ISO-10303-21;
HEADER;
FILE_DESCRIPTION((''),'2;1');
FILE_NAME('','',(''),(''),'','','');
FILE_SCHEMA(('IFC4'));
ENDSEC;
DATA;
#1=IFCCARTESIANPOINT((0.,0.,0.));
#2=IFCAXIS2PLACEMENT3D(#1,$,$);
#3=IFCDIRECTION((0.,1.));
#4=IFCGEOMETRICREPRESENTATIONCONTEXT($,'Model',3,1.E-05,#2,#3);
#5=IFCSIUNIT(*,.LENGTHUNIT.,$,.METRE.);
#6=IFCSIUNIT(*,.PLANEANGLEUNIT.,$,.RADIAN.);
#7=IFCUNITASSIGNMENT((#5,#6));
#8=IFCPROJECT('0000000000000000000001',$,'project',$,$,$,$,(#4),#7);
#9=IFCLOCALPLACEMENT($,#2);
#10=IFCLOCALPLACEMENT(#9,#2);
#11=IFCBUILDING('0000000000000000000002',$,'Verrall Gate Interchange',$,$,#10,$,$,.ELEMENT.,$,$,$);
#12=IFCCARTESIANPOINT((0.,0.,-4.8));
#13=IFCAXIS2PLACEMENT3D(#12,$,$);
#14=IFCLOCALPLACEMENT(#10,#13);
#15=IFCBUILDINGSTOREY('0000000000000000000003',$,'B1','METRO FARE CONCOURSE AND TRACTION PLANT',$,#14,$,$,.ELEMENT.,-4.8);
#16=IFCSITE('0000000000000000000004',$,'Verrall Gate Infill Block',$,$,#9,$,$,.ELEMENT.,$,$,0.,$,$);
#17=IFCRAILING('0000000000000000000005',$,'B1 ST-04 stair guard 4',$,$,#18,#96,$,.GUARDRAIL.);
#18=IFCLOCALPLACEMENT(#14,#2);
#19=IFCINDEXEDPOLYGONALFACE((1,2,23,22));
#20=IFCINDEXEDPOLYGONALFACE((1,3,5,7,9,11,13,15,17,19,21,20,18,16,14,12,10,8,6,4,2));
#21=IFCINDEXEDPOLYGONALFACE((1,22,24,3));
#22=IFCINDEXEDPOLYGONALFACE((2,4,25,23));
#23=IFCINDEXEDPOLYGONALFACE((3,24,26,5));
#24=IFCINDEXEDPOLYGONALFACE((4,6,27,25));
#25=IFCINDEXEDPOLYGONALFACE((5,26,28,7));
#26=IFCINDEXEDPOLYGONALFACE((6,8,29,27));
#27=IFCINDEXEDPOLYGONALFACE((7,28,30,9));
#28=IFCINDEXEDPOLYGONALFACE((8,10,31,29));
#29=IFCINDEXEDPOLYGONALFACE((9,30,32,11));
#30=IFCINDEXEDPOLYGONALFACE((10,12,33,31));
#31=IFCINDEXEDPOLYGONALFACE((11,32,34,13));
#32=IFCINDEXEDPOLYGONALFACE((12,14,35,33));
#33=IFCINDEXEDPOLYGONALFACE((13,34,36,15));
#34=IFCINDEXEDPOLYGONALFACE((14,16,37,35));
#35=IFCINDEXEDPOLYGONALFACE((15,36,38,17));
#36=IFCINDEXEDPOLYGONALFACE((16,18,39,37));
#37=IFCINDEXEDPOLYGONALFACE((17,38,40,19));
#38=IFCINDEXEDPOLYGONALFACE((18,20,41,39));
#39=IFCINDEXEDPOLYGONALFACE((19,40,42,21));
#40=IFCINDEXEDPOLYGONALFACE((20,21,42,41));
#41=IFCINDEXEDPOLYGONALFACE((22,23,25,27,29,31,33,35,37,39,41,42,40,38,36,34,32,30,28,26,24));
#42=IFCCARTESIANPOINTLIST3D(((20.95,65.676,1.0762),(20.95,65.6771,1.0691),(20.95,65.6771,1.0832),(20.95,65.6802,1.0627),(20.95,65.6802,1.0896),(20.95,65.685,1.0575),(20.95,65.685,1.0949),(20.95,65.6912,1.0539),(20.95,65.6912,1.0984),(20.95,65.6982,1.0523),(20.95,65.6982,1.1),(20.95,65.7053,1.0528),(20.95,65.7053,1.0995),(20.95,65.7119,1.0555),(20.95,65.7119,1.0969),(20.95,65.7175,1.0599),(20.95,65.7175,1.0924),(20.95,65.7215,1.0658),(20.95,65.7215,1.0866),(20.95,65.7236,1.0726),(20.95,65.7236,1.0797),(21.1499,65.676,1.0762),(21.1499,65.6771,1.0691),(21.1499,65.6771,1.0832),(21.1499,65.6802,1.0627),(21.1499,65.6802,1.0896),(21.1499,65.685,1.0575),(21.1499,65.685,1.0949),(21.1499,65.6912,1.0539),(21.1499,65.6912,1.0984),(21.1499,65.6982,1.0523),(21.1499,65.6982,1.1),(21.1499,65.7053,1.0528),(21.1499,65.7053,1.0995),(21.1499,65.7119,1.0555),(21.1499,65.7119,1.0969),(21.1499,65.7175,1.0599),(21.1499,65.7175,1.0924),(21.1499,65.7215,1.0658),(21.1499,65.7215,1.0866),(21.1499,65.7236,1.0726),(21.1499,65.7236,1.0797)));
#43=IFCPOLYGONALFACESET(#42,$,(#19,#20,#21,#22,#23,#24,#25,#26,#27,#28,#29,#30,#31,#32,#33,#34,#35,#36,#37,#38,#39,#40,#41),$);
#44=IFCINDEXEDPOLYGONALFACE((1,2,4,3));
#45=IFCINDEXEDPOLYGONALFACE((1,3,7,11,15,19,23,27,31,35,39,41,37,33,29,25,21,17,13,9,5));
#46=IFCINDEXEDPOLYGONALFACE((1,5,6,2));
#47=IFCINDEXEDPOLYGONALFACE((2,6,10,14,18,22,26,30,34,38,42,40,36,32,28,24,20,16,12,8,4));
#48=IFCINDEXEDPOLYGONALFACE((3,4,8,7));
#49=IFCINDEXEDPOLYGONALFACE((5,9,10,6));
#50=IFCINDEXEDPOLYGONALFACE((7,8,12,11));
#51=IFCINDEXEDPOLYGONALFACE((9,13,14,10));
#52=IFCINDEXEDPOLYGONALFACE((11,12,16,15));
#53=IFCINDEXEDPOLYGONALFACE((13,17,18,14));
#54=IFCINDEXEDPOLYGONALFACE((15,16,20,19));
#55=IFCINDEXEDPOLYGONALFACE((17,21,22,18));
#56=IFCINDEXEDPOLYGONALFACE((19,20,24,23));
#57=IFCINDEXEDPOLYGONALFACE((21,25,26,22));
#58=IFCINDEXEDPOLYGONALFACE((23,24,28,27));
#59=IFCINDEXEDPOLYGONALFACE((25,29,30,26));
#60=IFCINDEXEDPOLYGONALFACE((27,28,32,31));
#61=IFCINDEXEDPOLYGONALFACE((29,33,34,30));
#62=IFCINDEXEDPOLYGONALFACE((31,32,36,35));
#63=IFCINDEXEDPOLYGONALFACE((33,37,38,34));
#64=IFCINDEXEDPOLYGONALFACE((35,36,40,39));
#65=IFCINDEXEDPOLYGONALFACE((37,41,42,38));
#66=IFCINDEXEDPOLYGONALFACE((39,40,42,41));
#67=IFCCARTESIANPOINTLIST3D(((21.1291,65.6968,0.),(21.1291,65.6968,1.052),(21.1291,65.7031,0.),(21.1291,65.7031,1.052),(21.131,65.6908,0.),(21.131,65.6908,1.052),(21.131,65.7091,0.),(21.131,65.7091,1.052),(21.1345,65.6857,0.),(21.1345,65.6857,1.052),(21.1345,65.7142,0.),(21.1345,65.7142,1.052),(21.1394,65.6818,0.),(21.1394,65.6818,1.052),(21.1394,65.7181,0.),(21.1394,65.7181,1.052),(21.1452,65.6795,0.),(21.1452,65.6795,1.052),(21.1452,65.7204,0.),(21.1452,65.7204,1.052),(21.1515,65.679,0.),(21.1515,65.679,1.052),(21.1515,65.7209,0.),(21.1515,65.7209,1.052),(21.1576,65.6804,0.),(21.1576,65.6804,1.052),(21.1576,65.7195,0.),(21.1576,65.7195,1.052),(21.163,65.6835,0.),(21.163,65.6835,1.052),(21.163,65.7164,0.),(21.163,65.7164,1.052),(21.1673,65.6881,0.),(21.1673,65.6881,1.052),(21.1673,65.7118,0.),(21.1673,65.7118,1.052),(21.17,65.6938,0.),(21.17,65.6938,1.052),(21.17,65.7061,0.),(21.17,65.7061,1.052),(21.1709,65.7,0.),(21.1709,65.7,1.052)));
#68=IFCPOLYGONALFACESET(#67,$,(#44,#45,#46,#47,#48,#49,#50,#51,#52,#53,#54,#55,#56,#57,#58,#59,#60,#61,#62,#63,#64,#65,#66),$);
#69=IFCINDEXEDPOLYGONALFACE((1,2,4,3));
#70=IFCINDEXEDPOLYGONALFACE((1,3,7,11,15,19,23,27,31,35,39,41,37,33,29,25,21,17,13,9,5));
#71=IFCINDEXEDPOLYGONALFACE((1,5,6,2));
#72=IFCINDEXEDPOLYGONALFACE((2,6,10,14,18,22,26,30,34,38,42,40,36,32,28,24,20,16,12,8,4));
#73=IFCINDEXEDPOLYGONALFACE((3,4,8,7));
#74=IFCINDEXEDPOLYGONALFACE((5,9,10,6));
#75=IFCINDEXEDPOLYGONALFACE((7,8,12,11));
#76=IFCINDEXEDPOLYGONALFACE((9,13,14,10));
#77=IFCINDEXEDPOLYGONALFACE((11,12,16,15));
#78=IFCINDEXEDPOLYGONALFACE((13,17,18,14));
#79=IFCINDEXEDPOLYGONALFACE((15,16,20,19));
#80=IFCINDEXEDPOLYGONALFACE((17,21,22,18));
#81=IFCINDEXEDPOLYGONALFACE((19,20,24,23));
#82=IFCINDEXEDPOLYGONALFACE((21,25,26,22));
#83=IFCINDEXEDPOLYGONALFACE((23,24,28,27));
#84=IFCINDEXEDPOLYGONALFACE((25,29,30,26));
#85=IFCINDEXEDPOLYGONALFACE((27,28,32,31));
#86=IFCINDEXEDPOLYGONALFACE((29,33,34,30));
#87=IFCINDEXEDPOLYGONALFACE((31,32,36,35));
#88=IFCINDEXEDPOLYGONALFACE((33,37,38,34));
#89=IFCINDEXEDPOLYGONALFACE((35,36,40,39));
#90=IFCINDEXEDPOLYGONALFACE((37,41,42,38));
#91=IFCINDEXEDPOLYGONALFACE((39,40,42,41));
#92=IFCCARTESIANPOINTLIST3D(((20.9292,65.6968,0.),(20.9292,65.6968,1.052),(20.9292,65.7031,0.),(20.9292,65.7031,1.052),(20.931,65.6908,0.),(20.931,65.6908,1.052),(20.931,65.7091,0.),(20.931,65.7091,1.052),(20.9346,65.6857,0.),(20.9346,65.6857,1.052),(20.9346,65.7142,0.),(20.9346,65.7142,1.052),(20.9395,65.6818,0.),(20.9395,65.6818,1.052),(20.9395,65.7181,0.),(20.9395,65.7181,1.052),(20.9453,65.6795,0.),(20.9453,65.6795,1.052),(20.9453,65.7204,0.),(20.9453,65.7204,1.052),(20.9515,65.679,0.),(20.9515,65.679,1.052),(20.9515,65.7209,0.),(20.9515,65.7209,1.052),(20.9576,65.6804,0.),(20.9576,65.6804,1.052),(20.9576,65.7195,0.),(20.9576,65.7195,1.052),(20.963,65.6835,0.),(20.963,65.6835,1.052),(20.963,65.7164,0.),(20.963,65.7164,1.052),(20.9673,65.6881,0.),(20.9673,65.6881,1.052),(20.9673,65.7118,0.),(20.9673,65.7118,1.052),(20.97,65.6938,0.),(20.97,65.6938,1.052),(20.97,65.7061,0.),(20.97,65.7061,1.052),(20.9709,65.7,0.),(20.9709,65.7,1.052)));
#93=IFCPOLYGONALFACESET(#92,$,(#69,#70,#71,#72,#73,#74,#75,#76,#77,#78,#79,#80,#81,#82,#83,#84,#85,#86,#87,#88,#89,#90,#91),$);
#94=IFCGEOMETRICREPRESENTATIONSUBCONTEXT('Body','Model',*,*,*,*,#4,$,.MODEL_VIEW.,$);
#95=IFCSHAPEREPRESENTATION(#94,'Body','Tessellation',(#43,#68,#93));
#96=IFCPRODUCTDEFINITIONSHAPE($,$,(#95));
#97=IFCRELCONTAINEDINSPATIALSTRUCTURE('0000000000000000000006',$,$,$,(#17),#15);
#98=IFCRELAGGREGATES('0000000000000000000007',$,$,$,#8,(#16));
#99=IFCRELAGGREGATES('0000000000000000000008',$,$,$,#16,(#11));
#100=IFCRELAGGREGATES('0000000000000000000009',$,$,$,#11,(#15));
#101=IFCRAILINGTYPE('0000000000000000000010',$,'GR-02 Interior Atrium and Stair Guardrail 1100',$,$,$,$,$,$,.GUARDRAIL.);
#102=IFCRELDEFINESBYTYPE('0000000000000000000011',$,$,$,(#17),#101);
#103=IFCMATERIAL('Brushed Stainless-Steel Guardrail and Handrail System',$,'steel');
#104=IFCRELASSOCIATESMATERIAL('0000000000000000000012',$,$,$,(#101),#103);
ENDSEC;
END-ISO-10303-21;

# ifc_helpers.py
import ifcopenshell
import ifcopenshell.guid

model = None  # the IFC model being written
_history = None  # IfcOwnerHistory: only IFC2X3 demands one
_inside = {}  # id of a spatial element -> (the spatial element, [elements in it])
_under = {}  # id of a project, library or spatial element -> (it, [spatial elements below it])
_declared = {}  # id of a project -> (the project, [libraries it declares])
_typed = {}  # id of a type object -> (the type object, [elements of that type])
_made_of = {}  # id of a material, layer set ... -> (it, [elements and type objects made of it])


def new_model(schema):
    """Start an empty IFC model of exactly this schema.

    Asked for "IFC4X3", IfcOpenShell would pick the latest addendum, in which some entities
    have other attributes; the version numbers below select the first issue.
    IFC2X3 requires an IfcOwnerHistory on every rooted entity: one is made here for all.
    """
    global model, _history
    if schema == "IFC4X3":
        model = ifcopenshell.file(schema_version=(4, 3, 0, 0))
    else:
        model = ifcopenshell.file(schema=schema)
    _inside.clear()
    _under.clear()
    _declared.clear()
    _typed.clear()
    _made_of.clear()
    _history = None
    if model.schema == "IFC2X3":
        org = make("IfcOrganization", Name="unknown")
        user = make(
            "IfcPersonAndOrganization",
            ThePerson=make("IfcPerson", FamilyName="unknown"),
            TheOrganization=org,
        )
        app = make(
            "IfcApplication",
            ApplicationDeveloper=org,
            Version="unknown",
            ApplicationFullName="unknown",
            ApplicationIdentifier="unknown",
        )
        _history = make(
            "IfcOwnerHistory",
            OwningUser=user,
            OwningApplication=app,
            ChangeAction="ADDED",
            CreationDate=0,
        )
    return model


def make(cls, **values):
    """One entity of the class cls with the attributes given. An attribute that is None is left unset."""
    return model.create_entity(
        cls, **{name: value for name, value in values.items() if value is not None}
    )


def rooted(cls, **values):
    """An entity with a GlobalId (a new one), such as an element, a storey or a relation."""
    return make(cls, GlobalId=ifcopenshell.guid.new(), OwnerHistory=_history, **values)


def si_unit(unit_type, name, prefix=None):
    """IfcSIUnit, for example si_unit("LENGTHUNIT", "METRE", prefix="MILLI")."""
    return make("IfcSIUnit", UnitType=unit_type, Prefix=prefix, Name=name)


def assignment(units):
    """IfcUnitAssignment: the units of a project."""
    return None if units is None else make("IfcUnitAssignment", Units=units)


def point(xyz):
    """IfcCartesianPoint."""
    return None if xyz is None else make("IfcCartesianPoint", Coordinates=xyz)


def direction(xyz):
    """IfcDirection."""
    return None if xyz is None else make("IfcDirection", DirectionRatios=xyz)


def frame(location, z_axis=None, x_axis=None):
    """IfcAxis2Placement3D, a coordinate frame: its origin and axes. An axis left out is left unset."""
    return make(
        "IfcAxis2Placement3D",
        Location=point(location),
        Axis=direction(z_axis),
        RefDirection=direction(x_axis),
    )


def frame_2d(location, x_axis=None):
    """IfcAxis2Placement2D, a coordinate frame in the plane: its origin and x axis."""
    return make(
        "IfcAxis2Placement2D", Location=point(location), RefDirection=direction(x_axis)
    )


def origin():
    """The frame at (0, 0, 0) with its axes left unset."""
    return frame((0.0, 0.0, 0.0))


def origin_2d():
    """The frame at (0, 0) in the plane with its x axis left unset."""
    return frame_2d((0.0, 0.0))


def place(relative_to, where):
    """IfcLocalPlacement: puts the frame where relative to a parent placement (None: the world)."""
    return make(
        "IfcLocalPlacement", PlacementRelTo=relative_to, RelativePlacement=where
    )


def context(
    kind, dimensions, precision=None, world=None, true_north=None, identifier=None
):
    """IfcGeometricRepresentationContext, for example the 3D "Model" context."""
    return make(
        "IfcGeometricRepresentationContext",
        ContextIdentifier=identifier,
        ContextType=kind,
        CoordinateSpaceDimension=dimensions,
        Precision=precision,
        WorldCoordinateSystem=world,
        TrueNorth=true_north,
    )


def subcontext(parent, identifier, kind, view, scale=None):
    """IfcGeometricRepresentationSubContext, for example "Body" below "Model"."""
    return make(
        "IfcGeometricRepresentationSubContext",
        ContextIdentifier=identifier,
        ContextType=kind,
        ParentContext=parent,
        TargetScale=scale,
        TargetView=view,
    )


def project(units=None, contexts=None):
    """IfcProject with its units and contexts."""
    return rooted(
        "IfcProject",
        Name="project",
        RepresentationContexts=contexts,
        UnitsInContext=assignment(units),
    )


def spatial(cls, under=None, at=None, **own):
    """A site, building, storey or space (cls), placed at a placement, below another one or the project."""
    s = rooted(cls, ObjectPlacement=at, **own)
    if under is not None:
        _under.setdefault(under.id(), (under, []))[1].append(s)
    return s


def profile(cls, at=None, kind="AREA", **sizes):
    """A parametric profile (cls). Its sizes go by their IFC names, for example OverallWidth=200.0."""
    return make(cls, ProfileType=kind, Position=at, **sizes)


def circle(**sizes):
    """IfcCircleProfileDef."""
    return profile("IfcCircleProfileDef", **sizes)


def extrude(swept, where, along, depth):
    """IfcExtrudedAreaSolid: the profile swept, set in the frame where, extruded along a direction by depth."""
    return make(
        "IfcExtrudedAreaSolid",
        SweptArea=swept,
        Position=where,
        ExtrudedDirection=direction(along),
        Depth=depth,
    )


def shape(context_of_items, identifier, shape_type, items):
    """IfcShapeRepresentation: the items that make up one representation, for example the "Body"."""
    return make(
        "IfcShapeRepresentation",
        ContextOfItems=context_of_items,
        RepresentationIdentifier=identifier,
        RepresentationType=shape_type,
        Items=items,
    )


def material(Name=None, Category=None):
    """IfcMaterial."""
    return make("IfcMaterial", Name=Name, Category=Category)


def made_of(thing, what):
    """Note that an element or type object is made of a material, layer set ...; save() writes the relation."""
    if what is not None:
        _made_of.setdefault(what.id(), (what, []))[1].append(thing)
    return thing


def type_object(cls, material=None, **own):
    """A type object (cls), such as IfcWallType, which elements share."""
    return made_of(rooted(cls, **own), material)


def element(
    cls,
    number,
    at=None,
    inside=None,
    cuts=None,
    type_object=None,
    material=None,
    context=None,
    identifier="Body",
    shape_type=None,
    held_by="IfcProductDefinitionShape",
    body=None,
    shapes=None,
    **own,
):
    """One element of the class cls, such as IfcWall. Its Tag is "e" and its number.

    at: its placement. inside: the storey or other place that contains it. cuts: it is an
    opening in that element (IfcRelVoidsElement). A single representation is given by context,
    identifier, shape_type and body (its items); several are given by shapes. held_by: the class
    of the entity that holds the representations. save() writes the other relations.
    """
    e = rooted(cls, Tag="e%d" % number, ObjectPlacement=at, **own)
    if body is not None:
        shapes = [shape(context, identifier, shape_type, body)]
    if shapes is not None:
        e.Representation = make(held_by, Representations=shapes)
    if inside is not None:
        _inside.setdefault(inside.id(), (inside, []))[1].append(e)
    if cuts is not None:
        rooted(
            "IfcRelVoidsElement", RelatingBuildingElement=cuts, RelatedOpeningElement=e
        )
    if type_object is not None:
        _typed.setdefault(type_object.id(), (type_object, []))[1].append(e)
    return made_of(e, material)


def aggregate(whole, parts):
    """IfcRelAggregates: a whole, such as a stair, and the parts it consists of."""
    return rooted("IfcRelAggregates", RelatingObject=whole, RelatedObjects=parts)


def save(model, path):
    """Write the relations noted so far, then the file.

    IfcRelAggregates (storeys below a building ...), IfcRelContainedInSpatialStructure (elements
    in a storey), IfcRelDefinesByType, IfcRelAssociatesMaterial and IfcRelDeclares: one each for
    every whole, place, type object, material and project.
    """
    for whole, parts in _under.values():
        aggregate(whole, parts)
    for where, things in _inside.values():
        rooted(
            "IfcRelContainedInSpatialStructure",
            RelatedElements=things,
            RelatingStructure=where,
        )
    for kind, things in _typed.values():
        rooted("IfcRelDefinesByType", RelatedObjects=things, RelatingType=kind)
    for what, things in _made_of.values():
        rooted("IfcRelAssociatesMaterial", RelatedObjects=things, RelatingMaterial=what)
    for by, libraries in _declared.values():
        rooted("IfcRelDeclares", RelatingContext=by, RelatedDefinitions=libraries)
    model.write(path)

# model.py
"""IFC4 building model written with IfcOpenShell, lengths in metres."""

from ifc_helpers import new_model, si_unit, direction, frame, origin, origin_2d, place, context, subcontext, project, spatial, circle, extrude, material, type_object, element, save


model = new_model("IFC4")

# Units and contexts
model_context = context("Model", 3, precision=1e-05, world=origin(), true_north=direction((0.0, 1.0)))
body_context = subcontext(model_context, "Body", "Model", "MODEL_VIEW")
ifc_project = project(units=[si_unit("LENGTHUNIT", "METRE"), si_unit("PLANEANGLEUNIT", "RADIAN")], contexts=[model_context])

# Site, building, storey
site_placement = place(None, origin())
site = spatial("IfcSite", under=ifc_project, at=site_placement, Name="Verrall Gate Infill Block", CompositionType="ELEMENT", RefElevation=0.0)
building_placement = place(site_placement, origin())
building = spatial("IfcBuilding", under=site, at=building_placement, Name="Verrall Gate Interchange", CompositionType="ELEMENT")
storey_placement = place(building_placement, frame((0.0, 0.0, -4.8)))
storey = spatial("IfcBuildingStorey", under=building, at=storey_placement, Name="B1", Description="METRO FARE CONCOURSE AND TRACTION PLANT", CompositionType="ELEMENT", Elevation=-4.8)

# Railing
ifc_material_1 = material(Name="Brushed Stainless-Steel Guardrail and Handrail System", Category="steel")
railing_type_1 = type_object("IfcRailingType", Name="GR-02 Interior Atrium and Stair Guardrail 1100", PredefinedType="GUARDRAIL", material=ifc_material_1)
railing_1_placement = place(storey_placement, frame((21.1499, 65.7, 0.0)))
element("IfcRailing", 1, at=railing_1_placement, inside=storey, type_object=railing_type_1, Name="B1 ST-04 stair guard 4", PredefinedType="GUARDRAIL", context=body_context, shape_type="SweptSolid", body=[
    extrude(circle(Radius=0.0239, at=origin_2d()), frame((0.0, 0.0, 1.0762), z_axis=(-1.0, 0.0, 0.0), x_axis=(0.0, -1.0, 0.0)), (0.0, 0.0, 1.0), 0.2),
    extrude(circle(Radius=0.021, at=origin_2d()), origin(), (0.0, 0.0, 1.0), 1.052),
    extrude(circle(Radius=0.021, at=origin_2d()), frame((-0.2, 0.0, 0.0)), (0.0, 0.0, 1.0), 1.052),
])

save(model, "model.ifc")
